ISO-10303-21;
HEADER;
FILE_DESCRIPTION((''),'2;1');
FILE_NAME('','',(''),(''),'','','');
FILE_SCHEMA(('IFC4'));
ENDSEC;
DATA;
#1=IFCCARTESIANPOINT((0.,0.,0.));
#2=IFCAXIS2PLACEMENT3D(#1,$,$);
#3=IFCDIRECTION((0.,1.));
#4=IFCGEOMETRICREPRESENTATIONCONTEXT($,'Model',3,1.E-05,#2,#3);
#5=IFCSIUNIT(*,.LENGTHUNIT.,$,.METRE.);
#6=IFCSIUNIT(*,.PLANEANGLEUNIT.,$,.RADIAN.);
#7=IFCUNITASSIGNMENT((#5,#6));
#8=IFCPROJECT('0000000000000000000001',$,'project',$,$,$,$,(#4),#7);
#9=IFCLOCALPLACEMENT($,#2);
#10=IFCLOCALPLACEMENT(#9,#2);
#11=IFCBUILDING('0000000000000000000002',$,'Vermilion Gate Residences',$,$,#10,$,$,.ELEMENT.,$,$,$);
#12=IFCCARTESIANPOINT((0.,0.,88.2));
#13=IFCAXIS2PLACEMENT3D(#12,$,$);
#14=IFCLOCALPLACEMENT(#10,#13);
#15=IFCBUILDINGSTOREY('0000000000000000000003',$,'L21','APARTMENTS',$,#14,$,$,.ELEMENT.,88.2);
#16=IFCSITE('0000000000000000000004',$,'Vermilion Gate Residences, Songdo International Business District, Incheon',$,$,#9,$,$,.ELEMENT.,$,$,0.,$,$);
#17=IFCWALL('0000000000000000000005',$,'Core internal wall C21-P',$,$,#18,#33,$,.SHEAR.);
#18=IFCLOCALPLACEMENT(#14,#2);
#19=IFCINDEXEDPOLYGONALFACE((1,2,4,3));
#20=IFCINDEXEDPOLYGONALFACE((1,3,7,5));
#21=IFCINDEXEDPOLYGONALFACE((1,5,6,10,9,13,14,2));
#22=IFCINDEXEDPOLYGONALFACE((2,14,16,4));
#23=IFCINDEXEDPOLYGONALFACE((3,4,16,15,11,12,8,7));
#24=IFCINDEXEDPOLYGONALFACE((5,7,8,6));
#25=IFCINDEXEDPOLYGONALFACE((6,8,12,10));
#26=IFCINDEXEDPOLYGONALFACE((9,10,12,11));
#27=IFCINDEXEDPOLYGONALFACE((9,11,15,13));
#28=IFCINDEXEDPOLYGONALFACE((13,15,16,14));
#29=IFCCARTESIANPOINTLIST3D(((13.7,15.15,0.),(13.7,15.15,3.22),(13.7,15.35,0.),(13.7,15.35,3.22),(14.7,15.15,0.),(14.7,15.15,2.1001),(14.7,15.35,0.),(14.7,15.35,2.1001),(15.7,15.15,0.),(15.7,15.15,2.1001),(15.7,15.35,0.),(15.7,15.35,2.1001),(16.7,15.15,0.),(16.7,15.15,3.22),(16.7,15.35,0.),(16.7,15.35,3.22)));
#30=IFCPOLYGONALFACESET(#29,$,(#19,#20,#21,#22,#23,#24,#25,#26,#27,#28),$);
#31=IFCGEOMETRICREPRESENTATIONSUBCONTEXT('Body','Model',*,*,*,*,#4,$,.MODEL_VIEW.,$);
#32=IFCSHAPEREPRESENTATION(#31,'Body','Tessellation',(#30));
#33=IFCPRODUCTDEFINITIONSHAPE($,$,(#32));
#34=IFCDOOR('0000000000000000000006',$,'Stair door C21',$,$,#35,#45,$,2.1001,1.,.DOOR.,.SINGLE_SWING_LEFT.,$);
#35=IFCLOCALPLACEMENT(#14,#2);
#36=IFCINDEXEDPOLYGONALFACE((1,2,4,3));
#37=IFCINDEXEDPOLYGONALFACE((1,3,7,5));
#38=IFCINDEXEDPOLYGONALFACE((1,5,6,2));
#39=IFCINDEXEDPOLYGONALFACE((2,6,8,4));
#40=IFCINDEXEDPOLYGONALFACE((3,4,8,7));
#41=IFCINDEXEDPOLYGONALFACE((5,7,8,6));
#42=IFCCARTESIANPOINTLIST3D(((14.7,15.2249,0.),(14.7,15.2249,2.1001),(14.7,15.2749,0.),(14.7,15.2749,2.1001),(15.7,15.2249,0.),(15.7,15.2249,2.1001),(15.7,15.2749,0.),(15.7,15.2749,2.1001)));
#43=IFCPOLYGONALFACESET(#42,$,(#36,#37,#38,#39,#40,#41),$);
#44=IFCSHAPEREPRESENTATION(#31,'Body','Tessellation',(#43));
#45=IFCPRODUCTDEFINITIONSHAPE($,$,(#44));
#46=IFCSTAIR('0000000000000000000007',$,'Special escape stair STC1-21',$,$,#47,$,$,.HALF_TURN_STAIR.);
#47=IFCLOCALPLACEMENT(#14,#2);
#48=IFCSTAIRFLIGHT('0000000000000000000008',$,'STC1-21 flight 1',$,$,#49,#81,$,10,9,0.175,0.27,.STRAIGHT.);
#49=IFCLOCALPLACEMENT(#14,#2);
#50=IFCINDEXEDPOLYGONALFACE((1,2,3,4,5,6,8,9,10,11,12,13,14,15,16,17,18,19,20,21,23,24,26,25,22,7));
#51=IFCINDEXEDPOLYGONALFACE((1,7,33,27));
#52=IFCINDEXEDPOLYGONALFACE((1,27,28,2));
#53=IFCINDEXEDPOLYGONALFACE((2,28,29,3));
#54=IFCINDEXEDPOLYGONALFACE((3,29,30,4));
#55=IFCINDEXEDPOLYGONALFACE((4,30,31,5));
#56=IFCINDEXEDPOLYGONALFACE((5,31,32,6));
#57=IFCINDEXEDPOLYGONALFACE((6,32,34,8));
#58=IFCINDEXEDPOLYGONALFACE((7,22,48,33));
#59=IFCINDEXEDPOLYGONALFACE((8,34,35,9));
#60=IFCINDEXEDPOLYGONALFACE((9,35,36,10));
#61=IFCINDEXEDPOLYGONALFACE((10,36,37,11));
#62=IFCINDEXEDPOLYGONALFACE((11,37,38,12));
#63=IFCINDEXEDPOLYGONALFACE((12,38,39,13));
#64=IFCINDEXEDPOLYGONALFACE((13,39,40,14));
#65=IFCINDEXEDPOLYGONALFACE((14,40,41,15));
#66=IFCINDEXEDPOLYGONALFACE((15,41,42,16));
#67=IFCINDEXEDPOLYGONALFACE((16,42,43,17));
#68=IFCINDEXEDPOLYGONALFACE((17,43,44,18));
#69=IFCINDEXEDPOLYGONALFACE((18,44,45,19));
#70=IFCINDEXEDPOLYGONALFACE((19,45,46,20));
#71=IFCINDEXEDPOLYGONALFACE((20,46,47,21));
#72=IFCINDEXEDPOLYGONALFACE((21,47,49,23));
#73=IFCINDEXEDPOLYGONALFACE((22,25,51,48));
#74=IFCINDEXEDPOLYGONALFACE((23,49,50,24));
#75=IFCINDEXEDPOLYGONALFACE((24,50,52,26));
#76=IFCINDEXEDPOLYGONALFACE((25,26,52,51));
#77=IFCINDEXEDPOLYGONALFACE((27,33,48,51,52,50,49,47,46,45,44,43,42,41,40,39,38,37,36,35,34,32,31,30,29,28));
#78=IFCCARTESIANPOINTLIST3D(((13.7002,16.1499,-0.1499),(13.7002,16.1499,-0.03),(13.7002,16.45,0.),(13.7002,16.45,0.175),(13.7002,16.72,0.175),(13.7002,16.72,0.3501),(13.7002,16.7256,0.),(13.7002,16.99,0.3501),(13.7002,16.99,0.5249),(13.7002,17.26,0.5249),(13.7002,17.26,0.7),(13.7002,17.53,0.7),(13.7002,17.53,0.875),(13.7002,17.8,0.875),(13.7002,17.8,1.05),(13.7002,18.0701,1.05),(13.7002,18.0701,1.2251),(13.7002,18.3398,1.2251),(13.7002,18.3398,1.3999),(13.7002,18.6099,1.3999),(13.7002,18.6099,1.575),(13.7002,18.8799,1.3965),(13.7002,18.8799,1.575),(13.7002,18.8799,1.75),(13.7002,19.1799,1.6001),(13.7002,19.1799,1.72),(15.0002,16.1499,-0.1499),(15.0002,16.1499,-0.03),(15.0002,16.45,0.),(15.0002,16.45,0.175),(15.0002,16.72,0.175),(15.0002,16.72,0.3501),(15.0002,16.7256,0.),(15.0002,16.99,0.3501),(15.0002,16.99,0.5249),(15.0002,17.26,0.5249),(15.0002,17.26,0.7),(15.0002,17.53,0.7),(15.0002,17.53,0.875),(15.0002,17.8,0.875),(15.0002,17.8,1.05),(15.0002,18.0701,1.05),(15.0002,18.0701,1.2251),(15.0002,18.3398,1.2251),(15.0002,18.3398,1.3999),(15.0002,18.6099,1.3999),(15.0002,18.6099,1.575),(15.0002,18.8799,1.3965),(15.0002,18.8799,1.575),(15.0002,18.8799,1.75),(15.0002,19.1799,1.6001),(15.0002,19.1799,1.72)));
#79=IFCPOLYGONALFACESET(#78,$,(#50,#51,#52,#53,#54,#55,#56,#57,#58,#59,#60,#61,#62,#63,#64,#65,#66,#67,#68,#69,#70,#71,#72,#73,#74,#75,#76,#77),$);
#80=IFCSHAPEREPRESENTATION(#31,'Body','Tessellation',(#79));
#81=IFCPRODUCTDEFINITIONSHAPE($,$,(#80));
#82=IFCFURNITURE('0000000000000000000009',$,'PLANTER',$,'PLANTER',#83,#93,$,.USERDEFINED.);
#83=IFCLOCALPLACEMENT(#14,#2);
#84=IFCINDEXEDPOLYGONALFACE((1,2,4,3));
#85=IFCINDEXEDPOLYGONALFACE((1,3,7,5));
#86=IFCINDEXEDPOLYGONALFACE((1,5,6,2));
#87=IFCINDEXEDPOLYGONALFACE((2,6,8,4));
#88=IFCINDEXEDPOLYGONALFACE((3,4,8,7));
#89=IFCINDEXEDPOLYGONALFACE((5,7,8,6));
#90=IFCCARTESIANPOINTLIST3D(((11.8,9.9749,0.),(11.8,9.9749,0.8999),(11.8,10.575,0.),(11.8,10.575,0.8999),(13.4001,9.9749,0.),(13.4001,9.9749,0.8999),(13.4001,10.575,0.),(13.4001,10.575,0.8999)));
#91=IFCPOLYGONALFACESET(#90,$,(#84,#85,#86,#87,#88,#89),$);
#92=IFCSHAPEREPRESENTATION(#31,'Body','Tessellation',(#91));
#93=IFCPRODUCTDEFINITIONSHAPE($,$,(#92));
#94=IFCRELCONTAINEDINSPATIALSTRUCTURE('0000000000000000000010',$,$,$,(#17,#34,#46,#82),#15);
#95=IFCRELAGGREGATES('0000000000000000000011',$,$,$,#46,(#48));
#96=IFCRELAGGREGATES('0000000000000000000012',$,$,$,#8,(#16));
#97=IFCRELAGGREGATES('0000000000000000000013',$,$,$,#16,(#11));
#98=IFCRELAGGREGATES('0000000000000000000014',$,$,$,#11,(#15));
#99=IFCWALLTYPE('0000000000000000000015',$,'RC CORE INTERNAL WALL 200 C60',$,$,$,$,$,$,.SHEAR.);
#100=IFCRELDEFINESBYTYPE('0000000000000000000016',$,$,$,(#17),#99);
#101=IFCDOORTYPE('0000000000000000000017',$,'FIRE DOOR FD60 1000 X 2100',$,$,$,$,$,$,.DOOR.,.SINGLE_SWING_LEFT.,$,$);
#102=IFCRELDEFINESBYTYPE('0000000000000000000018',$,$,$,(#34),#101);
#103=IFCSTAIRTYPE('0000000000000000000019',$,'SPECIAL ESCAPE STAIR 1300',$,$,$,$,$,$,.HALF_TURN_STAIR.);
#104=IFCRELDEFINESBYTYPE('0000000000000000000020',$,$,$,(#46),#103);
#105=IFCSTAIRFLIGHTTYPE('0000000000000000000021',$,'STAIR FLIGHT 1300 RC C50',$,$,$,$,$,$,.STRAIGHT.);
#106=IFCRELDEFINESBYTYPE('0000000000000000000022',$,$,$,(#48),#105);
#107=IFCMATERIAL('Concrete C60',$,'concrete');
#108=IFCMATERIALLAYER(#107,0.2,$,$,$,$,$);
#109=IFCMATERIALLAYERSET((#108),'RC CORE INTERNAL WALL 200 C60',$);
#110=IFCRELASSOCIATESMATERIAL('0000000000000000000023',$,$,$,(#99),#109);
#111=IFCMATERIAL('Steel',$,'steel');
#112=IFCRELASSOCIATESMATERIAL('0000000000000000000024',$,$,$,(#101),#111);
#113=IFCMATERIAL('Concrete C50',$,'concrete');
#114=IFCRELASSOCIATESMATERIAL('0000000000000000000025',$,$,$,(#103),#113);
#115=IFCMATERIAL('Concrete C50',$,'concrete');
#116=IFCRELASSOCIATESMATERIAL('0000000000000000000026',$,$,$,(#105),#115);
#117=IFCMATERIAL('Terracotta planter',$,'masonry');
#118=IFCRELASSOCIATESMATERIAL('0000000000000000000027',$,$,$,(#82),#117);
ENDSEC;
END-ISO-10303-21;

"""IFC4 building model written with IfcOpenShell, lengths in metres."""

from ifc_helpers import new_model, si_unit, direction, frame, frame_2d, origin, origin_2d, place, context, subcontext, project, spatial, polyline, rectangle, outline, extrude, material, layer, layer_set, type_object, element, fill, aggregate, save


model = new_model("IFC4")

# Units and contexts
model_context = context("Model", 3, precision=1e-05, world=origin(), true_north=direction((0.0, 1.0)))
body_context = subcontext(model_context, "Body", "Model", "MODEL_VIEW")
ifc_project = project(units=[si_unit("LENGTHUNIT", "METRE"), si_unit("PLANEANGLEUNIT", "RADIAN")], contexts=[model_context])

# Site, building, storey
site_placement = place(None, origin())
site = spatial("IfcSite", under=ifc_project, at=site_placement, Name="Vermilion Gate Residences, Songdo International Business District, Incheon", CompositionType="ELEMENT", RefElevation=0.0)
building_placement = place(site_placement, origin())
building = spatial("IfcBuilding", under=site, at=building_placement, Name="Vermilion Gate Residences", CompositionType="ELEMENT")
storey_placement = place(building_placement, frame((0.0, 0.0, 88.2)))
storey = spatial("IfcBuildingStorey", under=building, at=storey_placement, Name="L21", Description="APARTMENTS", CompositionType="ELEMENT", Elevation=88.2)

# Shared definitions
ifc_material_1 = material(Name="Concrete C60", Category="concrete")
ifc_layer_1 = layer(ifc_material_1, 0.2)
ifc_layer_set_1 = layer_set([ifc_layer_1], Name="RC CORE INTERNAL WALL 200 C60")
wall_type_1 = type_object("IfcWallType", Name="RC CORE INTERNAL WALL 200 C60", PredefinedType="SHEAR", material=ifc_layer_set_1)
ifc_material_2 = material(Name="Steel", Category="steel")
door_type_1 = type_object("IfcDoorType", Name="FIRE DOOR FD60 1000 X 2100", OperationType="SINGLE_SWING_LEFT", PredefinedType="DOOR", material=ifc_material_2)

# Wall, opening, door
wall_1_placement = place(storey_placement, frame((13.7, 15.25, 0.0), z_axis=(0.0, 0.0, 1.0), x_axis=(1.0, 0.0, 0.0)))
wall_1 = element("IfcWall", 1, at=wall_1_placement, inside=storey, type_object=wall_type_1, Name="Core internal wall C21-P", PredefinedType="SHEAR", context=body_context, shape_type="SweptSolid", body=[
    extrude(rectangle(XDim=3.0, YDim=0.2, at=frame_2d((1.5, 0.0))), origin(), (0.0, 0.0, 1.0), 3.22),
])
opening_1_placement = place(wall_1_placement, frame((1.0, 0.0, 0.0)))
opening_1 = element("IfcOpeningElement", 2, at=opening_1_placement, cuts=wall_1, PredefinedType="OPENING", context=body_context, shape_type="SweptSolid", body=[
    extrude(rectangle(XDim=1.0, YDim=2.1001, at=frame_2d((0.5, 1.05))), frame((0.0, 0.1099, 0.0), z_axis=(0.0, -1.0, 0.0), x_axis=(1.0, 0.0, 0.0)), (0.0, 0.0, 1.0), 0.22),
])
door_1_placement = place(opening_1_placement, origin())
door_1 = element("IfcDoor", 3, at=door_1_placement, inside=storey, type_object=door_type_1, Name="Stair door C21", OperationType="SINGLE_SWING_LEFT", OverallHeight=2.1001, OverallWidth=1.0, PredefinedType="DOOR", context=body_context, shape_type="SweptSolid", body=[
    extrude(rectangle(XDim=1.0, YDim=2.1001, at=frame_2d((0.5, 1.05))), frame((0.0, 0.0249, 0.0), z_axis=(0.0, -1.0, 0.0), x_axis=(1.0, 0.0, 0.0)), (0.0, 0.0, 1.0), 0.05),
])
fill(opening_1, door_1)

# Stair, stair flight
ifc_material_3 = material(Name="Concrete C50", Category="concrete")
stair_type = type_object("IfcStairType", Name="SPECIAL ESCAPE STAIR 1300", PredefinedType="HALF_TURN_STAIR", material=ifc_material_3)
stair_placement = place(storey_placement, origin())
stair = element("IfcStair", 4, at=stair_placement, inside=storey, type_object=stair_type, Name="Special escape stair STC1-21", PredefinedType="HALF_TURN_STAIR")
ifc_material_4 = material(Name="Concrete C50", Category="concrete")
stair_flight_type = type_object("IfcStairFlightType", Name="STAIR FLIGHT 1300 RC C50", PredefinedType="STRAIGHT", material=ifc_material_4)
stair_flight_placement = place(storey_placement, frame((14.3501, 16.45, 0.0), z_axis=(0.0, 0.0, 1.0), x_axis=(0.0, 1.0, 0.0)))
stair_flight = element("IfcStairFlight", 5, at=stair_flight_placement, type_object=stair_flight_type, Name="STC1-21 flight 1", NumberOfRisers=10, NumberOfTreads=9, PredefinedType="STRAIGHT", RiserHeight=0.175, TreadLength=0.27, context=body_context, shape_type="SweptSolid", body=[
    extrude(outline(polyline([(-0.3, -0.1499), (-0.3, -0.03), (0.0, 0.0), (0.0, 0.175), (0.27, 0.175), (0.27, 0.3501), (0.54, 0.3501), (0.54, 0.5249), (0.8101, 0.5249), (0.8101, 0.7), (1.0801, 0.7), (1.0801, 0.875), (1.3501, 0.875), (1.3501, 1.05), (1.6201, 1.05), (1.6201, 1.2251), (1.8899, 1.2251), (1.8899, 1.3999), (2.1599, 1.3999), (2.1599, 1.575), (2.4299, 1.575), (2.4299, 1.75), (2.73, 1.72), (2.73, 1.6001), (2.4299, 1.3965), (0.2756, 0.0), (-0.3, -0.1499)])), frame((0.0, 0.6499, 0.0), z_axis=(0.0, -1.0, 0.0), x_axis=(1.0, 0.0, 0.0)), (0.0, 0.0, 1.0), 1.3),
])
aggregate(stair, [stair_flight])

# Furniture
ifc_material_5 = material(Name="Terracotta planter", Category="masonry")
furniture_placement = place(storey_placement, frame((12.6001, 10.2749, 0.0), z_axis=(0.0, 0.0, 1.0), x_axis=(1.0, 0.0, 0.0)))
element("IfcFurniture", 6, at=furniture_placement, inside=storey, material=ifc_material_5, Name="PLANTER", ObjectType="PLANTER", PredefinedType="USERDEFINED", context=body_context, shape_type="SweptSolid", body=[
    extrude(rectangle(XDim=1.6001, YDim=0.6001, at=origin_2d()), origin(), (0.0, 0.0, 1.0), 0.8999),
])

save(model, "model.ifc")
